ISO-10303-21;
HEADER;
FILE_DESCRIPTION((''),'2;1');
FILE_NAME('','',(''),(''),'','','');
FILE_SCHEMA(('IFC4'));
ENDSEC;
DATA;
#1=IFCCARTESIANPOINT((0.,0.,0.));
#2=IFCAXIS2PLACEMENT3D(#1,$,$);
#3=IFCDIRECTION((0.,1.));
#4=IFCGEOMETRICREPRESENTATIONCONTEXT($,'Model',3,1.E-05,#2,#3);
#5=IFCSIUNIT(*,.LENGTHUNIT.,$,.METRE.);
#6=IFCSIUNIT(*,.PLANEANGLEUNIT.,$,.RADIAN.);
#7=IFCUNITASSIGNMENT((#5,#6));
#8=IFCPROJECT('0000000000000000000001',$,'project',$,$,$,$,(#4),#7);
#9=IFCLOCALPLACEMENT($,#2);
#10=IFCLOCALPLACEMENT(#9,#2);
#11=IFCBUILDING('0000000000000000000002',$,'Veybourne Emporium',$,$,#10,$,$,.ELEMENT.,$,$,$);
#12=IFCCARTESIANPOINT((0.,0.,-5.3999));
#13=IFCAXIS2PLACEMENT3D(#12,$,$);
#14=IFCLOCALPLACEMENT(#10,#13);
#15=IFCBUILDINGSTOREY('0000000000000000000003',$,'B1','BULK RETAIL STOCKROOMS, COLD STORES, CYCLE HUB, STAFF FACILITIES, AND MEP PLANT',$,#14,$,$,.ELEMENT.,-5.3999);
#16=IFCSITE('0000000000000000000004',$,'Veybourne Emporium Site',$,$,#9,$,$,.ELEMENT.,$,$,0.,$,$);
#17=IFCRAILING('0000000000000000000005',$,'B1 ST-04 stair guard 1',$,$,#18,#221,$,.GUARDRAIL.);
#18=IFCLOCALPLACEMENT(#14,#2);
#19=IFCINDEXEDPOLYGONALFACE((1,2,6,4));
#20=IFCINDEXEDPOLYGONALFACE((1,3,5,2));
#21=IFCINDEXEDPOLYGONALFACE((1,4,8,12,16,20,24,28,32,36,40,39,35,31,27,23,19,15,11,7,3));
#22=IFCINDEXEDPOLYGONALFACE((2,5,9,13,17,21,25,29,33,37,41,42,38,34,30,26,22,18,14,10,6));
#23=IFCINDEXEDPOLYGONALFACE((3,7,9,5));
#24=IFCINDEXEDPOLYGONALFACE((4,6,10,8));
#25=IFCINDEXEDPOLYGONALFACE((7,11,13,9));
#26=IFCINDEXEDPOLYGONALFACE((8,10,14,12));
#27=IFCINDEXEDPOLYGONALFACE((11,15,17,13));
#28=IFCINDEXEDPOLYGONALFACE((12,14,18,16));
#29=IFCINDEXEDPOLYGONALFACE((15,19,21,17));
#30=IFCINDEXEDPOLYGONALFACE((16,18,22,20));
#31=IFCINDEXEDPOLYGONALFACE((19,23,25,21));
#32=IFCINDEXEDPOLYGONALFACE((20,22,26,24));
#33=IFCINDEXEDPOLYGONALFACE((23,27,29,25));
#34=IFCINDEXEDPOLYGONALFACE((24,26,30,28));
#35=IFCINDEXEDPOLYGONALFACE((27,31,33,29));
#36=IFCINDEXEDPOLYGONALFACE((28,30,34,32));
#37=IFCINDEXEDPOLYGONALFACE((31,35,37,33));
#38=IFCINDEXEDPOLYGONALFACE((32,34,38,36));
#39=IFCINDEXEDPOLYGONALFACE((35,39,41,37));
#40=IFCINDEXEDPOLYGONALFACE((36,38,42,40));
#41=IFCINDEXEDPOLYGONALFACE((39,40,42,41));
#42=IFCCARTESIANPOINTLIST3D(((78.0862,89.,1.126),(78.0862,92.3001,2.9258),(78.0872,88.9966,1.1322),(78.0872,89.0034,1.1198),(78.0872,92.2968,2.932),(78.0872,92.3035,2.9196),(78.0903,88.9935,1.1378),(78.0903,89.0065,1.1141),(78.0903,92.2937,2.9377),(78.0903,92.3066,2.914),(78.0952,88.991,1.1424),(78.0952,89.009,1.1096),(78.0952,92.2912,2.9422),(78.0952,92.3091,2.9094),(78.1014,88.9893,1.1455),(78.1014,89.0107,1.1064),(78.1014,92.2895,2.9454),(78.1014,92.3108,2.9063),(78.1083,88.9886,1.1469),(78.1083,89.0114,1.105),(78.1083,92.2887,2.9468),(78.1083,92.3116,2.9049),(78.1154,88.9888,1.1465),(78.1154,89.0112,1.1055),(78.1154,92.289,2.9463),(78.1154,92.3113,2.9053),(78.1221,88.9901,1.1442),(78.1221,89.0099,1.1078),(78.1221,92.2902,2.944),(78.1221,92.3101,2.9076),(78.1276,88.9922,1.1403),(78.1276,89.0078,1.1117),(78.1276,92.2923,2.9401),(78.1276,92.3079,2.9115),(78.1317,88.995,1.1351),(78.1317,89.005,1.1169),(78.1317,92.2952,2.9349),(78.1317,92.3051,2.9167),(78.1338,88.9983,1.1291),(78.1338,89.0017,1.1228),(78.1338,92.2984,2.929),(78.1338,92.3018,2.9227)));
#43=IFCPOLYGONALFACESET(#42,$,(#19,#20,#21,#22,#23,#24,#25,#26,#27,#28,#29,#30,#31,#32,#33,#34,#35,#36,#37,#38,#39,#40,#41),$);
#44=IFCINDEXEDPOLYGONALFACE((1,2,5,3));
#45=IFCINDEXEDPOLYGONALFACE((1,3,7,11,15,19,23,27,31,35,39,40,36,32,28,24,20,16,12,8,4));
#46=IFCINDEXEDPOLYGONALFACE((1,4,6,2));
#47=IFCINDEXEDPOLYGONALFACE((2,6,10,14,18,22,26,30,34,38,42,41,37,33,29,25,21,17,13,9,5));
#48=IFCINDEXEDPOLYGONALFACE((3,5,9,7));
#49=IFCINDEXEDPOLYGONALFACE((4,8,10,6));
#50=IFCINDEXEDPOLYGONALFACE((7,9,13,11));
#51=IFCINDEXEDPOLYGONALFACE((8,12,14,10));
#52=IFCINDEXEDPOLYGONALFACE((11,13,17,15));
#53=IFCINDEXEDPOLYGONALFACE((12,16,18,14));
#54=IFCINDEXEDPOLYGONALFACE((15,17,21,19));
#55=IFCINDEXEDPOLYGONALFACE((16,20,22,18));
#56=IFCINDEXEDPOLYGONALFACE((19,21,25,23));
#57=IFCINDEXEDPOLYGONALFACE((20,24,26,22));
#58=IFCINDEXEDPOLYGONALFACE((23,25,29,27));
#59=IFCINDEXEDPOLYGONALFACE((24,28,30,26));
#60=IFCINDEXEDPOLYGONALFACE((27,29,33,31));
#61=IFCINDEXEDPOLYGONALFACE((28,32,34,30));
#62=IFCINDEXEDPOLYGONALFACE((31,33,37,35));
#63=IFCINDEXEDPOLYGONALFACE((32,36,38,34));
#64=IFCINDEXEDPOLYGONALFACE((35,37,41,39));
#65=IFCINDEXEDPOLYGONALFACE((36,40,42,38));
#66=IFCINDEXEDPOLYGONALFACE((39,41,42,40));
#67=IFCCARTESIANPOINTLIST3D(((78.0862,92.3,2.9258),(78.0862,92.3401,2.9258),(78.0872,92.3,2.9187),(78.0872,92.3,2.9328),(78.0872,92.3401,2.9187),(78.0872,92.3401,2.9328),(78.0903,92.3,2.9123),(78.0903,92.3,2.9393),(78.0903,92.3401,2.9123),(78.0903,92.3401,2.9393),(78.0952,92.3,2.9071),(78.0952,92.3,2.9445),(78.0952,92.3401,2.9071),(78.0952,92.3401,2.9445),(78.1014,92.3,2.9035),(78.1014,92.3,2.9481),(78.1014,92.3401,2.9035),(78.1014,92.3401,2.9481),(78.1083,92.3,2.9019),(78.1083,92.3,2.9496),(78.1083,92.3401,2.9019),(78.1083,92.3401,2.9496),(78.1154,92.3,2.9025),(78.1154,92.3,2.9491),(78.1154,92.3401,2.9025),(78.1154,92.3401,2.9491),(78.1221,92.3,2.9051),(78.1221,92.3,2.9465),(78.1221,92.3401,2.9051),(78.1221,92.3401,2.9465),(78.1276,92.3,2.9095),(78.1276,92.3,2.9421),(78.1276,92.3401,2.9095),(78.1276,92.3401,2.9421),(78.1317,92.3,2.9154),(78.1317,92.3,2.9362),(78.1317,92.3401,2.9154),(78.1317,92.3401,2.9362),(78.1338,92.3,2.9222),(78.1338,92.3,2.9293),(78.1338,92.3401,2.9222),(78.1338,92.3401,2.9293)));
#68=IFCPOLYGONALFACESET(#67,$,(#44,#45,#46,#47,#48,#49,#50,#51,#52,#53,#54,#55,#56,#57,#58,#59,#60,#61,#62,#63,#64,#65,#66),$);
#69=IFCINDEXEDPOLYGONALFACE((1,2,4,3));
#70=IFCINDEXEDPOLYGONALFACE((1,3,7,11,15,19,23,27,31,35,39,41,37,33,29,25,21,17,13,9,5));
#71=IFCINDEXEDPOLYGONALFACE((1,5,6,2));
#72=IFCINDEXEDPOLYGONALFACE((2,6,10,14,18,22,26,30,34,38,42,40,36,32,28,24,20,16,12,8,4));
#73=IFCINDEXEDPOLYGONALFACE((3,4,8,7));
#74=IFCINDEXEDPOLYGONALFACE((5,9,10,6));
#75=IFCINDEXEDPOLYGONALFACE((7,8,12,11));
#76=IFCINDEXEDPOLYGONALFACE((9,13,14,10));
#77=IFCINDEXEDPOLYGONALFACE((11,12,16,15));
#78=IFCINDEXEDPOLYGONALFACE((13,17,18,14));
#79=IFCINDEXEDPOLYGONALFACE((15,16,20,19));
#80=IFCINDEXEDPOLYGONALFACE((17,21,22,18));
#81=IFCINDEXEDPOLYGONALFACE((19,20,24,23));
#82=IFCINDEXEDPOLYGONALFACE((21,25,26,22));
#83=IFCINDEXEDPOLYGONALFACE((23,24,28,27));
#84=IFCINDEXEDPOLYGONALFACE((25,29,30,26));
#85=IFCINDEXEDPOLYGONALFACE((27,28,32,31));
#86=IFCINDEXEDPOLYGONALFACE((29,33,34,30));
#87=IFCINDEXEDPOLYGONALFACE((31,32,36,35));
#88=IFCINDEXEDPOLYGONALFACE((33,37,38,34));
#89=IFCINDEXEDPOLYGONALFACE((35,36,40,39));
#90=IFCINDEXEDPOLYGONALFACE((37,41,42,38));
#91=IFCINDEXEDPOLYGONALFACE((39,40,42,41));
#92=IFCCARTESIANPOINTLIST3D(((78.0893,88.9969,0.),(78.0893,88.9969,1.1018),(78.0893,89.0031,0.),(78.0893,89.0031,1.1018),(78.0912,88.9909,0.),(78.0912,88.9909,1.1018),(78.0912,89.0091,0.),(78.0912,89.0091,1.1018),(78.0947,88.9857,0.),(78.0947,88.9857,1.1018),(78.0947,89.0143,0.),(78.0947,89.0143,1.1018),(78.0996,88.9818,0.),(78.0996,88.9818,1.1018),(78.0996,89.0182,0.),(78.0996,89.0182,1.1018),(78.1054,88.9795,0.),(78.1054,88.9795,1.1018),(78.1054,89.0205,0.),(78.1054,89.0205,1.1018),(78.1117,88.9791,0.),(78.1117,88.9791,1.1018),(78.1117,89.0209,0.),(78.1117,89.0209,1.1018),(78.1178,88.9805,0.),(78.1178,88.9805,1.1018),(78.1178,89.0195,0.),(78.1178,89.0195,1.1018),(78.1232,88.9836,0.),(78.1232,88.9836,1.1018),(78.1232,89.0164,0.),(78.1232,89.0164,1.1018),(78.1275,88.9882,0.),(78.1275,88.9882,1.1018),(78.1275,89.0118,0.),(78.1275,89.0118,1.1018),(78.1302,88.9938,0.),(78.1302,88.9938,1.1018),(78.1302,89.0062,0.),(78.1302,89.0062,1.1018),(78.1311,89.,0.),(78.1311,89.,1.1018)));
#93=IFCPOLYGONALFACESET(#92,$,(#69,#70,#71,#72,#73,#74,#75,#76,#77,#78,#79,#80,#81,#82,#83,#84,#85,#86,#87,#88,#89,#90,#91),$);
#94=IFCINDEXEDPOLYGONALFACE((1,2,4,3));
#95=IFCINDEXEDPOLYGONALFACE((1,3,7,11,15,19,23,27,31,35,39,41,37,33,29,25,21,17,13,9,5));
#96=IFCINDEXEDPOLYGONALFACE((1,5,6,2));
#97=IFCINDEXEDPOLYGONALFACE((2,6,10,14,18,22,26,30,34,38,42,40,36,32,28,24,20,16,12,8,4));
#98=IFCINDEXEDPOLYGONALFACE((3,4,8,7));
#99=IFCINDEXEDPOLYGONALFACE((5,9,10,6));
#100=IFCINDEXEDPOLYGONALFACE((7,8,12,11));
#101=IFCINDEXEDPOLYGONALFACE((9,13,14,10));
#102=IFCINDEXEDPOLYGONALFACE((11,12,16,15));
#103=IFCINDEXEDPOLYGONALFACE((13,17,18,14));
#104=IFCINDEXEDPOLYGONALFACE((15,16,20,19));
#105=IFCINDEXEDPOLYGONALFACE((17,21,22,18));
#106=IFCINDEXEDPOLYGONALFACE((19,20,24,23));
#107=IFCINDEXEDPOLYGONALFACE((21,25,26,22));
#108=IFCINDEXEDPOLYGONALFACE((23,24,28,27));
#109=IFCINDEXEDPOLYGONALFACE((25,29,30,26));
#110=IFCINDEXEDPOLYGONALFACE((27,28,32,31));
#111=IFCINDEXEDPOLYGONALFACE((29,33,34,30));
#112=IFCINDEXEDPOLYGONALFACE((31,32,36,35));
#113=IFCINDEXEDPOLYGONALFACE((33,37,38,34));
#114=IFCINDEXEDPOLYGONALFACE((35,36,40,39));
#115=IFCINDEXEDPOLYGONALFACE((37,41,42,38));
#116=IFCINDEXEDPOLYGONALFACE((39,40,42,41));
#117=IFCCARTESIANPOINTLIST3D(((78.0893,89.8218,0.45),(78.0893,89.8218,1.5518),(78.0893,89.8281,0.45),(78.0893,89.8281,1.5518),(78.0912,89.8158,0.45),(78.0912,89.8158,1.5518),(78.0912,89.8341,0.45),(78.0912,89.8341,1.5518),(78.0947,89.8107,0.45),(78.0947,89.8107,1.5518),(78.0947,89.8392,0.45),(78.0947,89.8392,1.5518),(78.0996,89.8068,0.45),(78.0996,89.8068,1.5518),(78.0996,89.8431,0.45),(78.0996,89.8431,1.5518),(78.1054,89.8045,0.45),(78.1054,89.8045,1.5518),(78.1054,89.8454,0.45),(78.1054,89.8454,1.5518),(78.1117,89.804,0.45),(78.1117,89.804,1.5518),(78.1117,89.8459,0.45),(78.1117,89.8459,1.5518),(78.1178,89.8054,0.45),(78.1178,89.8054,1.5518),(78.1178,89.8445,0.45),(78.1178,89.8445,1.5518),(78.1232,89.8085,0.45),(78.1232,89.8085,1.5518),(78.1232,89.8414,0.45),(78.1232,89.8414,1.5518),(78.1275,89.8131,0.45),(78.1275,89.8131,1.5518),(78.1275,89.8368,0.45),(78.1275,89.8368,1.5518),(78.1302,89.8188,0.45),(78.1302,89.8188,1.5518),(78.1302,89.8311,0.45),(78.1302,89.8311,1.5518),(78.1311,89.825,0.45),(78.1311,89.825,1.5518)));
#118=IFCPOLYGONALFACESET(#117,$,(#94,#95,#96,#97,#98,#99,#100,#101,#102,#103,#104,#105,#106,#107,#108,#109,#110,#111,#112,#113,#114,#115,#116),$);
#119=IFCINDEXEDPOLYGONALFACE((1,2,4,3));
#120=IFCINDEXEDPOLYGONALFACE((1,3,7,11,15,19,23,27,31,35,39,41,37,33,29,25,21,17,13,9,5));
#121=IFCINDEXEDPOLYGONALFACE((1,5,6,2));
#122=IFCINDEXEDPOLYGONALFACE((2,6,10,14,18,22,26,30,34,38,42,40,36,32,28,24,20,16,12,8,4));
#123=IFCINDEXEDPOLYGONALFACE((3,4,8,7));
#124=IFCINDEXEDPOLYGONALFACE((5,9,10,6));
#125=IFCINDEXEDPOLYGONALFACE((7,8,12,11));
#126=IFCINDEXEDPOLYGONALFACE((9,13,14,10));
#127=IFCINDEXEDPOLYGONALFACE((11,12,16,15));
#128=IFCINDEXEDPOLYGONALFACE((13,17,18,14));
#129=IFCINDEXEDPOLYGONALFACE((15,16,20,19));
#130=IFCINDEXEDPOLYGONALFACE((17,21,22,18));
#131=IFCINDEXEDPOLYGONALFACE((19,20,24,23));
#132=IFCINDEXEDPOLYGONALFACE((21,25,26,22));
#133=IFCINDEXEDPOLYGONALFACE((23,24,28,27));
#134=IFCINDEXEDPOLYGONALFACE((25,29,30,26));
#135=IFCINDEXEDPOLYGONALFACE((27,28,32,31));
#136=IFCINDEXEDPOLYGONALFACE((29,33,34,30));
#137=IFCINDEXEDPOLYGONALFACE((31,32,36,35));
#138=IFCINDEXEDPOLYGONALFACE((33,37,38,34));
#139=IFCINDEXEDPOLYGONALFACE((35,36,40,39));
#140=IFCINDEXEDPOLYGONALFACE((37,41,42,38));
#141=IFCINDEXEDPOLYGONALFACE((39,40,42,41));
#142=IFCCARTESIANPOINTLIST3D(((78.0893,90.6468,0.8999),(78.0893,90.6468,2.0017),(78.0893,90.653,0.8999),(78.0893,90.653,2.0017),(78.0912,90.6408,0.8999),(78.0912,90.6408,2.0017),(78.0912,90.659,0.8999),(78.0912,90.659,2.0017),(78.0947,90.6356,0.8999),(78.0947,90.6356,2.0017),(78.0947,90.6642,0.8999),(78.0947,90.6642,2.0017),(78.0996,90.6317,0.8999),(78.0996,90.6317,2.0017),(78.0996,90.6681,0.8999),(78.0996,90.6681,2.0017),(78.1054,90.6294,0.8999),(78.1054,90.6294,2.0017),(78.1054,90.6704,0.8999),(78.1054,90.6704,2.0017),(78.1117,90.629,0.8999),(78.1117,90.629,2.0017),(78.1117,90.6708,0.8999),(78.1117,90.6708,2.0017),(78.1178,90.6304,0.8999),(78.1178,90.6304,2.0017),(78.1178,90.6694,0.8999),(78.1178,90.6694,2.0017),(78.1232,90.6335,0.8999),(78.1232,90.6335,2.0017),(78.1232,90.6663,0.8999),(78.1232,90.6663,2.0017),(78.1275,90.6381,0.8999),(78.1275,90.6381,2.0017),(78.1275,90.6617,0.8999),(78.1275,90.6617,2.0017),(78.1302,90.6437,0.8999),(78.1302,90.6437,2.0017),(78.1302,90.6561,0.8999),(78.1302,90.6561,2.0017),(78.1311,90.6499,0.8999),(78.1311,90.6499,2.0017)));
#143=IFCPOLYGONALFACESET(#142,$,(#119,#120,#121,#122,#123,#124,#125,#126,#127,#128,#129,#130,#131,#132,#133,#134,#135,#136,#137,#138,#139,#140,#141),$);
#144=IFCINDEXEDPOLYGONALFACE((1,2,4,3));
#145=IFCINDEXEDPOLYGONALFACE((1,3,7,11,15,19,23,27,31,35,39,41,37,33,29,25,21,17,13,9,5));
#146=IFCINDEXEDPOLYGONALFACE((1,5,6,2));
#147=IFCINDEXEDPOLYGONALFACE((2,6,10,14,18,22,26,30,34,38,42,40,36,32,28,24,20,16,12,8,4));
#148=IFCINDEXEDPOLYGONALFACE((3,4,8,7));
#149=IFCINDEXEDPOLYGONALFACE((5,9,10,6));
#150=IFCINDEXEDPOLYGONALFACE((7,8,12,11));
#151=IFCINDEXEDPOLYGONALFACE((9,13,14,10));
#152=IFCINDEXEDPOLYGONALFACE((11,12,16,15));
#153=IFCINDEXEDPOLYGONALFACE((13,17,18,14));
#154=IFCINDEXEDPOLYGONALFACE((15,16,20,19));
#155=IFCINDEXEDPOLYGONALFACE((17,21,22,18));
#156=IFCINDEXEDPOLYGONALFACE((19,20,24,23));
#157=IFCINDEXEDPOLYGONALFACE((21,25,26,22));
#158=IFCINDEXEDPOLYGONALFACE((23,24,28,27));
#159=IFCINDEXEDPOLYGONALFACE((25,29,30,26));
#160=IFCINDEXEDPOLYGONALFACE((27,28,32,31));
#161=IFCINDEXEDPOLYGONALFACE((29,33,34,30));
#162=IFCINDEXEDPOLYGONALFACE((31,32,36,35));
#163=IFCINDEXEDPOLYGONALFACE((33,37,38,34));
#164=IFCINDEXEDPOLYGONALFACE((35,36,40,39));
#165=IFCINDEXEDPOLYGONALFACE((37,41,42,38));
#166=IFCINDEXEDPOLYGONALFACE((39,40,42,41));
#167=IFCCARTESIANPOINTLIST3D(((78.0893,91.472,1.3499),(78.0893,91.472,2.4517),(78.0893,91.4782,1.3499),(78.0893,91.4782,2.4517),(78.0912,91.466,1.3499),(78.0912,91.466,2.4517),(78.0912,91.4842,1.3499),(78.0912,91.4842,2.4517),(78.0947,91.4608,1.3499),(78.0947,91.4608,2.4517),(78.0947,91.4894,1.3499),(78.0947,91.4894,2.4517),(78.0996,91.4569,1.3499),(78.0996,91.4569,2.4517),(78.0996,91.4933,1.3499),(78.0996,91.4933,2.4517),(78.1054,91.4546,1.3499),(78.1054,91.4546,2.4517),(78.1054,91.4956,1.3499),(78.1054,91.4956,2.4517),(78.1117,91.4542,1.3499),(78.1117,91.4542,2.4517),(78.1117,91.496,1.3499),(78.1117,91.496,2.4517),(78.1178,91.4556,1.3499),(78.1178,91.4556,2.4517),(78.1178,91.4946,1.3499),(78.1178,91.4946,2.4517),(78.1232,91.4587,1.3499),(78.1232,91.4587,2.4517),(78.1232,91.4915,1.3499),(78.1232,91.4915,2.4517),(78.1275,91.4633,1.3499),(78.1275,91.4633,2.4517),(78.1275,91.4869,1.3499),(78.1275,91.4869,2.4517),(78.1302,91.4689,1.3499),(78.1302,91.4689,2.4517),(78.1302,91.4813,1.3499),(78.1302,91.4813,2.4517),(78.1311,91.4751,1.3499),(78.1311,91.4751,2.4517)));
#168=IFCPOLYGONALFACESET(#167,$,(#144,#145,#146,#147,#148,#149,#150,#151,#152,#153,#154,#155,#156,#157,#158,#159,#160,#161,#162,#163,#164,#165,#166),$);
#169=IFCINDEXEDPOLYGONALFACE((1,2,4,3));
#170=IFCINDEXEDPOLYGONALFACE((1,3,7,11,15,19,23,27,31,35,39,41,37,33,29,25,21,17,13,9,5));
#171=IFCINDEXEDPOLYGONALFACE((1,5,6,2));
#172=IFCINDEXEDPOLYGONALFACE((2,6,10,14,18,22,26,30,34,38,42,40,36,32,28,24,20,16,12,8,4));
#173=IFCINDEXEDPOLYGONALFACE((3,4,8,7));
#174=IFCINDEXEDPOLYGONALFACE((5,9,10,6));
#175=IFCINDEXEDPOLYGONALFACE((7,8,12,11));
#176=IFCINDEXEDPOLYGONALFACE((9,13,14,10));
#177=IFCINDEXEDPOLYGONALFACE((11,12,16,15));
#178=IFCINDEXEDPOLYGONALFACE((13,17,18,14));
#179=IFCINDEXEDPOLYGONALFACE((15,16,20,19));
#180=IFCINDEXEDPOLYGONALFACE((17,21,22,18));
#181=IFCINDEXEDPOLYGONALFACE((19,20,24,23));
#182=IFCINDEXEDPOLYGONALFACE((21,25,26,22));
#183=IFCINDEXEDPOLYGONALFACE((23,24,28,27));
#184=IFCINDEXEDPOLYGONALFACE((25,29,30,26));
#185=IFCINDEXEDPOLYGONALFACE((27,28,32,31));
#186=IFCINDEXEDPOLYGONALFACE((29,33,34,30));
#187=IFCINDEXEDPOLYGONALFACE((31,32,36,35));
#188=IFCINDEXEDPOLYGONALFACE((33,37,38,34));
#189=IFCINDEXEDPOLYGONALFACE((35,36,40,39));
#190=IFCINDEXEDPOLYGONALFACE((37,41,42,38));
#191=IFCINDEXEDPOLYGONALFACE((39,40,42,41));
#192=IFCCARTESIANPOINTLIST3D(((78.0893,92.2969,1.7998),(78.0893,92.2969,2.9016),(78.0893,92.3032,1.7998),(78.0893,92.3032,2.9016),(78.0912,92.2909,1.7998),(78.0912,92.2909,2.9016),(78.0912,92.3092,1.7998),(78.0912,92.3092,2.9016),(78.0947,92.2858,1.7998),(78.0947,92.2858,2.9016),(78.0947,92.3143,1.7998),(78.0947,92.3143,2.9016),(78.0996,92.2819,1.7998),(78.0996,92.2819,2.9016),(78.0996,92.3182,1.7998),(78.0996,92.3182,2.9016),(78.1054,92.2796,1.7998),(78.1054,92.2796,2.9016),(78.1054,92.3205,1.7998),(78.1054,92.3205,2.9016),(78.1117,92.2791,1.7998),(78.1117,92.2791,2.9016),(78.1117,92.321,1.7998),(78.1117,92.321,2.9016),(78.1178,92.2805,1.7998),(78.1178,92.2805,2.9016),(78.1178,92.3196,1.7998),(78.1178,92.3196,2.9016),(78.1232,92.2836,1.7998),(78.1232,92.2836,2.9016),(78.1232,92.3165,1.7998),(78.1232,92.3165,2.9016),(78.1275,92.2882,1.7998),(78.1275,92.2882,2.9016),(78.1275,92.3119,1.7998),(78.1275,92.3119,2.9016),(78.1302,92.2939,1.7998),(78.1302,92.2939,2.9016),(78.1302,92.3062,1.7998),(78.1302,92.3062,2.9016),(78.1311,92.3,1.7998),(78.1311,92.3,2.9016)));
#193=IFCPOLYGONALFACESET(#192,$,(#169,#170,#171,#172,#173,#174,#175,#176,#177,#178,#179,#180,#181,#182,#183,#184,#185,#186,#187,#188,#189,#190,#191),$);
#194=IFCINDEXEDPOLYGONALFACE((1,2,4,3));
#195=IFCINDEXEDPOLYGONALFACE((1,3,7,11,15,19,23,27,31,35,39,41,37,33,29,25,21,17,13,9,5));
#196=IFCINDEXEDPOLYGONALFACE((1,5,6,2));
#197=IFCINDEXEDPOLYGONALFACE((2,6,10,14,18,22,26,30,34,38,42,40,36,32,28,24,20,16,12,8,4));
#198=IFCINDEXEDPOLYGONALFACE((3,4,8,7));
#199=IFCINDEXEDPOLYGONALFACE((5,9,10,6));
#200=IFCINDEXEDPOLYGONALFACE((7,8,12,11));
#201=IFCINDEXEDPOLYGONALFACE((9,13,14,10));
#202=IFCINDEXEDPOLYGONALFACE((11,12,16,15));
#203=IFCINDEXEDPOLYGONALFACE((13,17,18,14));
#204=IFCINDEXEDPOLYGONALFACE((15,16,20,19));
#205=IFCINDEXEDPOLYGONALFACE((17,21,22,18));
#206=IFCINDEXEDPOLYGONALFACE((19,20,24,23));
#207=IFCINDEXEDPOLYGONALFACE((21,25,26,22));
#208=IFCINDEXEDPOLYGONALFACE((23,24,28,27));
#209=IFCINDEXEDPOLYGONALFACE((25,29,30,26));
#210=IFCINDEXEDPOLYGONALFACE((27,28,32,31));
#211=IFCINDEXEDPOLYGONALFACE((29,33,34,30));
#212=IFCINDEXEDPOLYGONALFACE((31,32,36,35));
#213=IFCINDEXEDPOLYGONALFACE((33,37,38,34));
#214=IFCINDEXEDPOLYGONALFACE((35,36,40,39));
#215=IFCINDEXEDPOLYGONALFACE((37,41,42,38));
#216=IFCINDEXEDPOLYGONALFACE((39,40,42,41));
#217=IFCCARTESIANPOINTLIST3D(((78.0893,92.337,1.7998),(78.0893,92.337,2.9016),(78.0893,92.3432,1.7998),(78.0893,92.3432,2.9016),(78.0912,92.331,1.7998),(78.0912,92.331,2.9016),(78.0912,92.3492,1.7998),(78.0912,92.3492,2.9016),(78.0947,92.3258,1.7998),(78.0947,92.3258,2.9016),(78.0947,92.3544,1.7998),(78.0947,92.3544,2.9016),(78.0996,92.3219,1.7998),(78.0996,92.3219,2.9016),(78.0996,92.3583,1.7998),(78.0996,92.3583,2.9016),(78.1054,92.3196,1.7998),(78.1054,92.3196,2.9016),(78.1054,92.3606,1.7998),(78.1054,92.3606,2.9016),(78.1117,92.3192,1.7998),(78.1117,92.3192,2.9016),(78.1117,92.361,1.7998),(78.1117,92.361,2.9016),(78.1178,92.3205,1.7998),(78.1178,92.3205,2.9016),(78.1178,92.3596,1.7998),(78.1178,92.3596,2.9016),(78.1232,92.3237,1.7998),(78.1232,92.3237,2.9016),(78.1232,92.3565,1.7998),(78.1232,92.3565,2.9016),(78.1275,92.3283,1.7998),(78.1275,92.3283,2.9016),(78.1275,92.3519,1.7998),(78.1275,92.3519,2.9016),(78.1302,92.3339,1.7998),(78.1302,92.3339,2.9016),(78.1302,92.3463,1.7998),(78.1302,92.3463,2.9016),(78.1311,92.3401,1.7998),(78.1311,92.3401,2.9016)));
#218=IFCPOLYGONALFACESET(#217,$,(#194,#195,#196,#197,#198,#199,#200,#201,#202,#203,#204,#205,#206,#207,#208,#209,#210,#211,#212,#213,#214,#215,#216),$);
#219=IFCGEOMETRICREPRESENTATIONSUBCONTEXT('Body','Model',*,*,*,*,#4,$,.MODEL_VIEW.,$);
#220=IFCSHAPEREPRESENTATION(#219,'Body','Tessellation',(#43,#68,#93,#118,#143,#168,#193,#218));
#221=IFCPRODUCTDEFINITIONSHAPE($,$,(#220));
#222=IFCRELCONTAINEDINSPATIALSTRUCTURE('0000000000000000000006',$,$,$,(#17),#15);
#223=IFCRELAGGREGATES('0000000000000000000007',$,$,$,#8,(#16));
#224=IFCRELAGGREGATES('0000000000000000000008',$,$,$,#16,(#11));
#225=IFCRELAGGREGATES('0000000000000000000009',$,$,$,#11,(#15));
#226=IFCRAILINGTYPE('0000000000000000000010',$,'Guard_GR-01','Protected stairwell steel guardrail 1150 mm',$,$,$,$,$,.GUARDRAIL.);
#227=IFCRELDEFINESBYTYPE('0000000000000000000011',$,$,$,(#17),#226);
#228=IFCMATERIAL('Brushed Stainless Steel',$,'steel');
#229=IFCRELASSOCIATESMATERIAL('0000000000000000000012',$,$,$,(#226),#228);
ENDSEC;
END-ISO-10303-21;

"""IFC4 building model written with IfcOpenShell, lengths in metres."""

from ifc_helpers import new_model, si_unit, direction, frame, origin, origin_2d, place, context, subcontext, project, spatial, circle, extrude, material, type_object, element, save


model = new_model("IFC4")

# Units and contexts
model_context = context("Model", 3, precision=1e-05, world=origin(), true_north=direction((0.0, 1.0)))
body_context = subcontext(model_context, "Body", "Model", "MODEL_VIEW")
ifc_project = project(units=[si_unit("LENGTHUNIT", "METRE"), si_unit("PLANEANGLEUNIT", "RADIAN")], contexts=[model_context])

# Site, building, storey
site_placement = place(None, origin())
site = spatial("IfcSite", under=ifc_project, at=site_placement, Name="Veybourne Emporium Site", CompositionType="ELEMENT", RefElevation=0.0)
building_placement = place(site_placement, origin())
building = spatial("IfcBuilding", under=site, at=building_placement, Name="Veybourne Emporium", CompositionType="ELEMENT")
storey_placement = place(building_placement, frame((0.0, 0.0, -5.3999)))
storey = spatial("IfcBuildingStorey", under=building, at=storey_placement, Name="B1", Description="BULK RETAIL STOCKROOMS, COLD STORES, CYCLE HUB, STAFF FACILITIES, AND MEP PLANT", CompositionType="ELEMENT", Elevation=-5.3999)

# Railing
ifc_material_1 = material(Name="Brushed Stainless Steel", Category="steel")
railing_type_1 = type_object("IfcRailingType", Name="Guard_GR-01", Description="Protected stairwell steel guardrail 1150 mm", PredefinedType="GUARDRAIL", material=ifc_material_1)
railing_1_placement = place(storey_placement, frame((78.1101, 89.0, 0.0)))
element("IfcRailing", 1, at=railing_1_placement, inside=storey, type_object=railing_type_1, Name="B1 ST-04 stair guard 1", PredefinedType="GUARDRAIL", context=body_context, shape_type="SweptSolid", body=[
    extrude(circle(Radius=0.0239, at=origin_2d()), frame((0.0, 0.0, 1.126), z_axis=(0.0, 0.87792, 0.478807), x_axis=(-1.0, 0.0, 0.0)), (0.0, 0.0, 1.0), 3.759),
    extrude(circle(Radius=0.0239, at=origin_2d()), frame((0.0, 3.3, 2.9258), z_axis=(0.0, 1.0, 0.0), x_axis=(-1.0, 0.0, 0.0)), (0.0, 0.0, 1.0), 0.04),
    extrude(circle(Radius=0.021, at=origin_2d()), origin(), (0.0, 0.0, 1.0), 1.1018),
    extrude(circle(Radius=0.021, at=origin_2d()), frame((0.0, 0.825, 0.45)), (0.0, 0.0, 1.0), 1.1018),
    extrude(circle(Radius=0.021, at=origin_2d()), frame((0.0, 1.6499, 0.8999)), (0.0, 0.0, 1.0), 1.1018),
    extrude(circle(Radius=0.021, at=origin_2d()), frame((0.0, 2.4751, 1.3499)), (0.0, 0.0, 1.0), 1.1018),
    extrude(circle(Radius=0.021, at=origin_2d()), frame((0.0, 3.3, 1.7998)), (0.0, 0.0, 1.0), 1.1018),
    extrude(circle(Radius=0.021, at=origin_2d()), frame((0.0, 3.3401, 1.7998)), (0.0, 0.0, 1.0), 1.1018),
])

save(model, "model.ifc")
